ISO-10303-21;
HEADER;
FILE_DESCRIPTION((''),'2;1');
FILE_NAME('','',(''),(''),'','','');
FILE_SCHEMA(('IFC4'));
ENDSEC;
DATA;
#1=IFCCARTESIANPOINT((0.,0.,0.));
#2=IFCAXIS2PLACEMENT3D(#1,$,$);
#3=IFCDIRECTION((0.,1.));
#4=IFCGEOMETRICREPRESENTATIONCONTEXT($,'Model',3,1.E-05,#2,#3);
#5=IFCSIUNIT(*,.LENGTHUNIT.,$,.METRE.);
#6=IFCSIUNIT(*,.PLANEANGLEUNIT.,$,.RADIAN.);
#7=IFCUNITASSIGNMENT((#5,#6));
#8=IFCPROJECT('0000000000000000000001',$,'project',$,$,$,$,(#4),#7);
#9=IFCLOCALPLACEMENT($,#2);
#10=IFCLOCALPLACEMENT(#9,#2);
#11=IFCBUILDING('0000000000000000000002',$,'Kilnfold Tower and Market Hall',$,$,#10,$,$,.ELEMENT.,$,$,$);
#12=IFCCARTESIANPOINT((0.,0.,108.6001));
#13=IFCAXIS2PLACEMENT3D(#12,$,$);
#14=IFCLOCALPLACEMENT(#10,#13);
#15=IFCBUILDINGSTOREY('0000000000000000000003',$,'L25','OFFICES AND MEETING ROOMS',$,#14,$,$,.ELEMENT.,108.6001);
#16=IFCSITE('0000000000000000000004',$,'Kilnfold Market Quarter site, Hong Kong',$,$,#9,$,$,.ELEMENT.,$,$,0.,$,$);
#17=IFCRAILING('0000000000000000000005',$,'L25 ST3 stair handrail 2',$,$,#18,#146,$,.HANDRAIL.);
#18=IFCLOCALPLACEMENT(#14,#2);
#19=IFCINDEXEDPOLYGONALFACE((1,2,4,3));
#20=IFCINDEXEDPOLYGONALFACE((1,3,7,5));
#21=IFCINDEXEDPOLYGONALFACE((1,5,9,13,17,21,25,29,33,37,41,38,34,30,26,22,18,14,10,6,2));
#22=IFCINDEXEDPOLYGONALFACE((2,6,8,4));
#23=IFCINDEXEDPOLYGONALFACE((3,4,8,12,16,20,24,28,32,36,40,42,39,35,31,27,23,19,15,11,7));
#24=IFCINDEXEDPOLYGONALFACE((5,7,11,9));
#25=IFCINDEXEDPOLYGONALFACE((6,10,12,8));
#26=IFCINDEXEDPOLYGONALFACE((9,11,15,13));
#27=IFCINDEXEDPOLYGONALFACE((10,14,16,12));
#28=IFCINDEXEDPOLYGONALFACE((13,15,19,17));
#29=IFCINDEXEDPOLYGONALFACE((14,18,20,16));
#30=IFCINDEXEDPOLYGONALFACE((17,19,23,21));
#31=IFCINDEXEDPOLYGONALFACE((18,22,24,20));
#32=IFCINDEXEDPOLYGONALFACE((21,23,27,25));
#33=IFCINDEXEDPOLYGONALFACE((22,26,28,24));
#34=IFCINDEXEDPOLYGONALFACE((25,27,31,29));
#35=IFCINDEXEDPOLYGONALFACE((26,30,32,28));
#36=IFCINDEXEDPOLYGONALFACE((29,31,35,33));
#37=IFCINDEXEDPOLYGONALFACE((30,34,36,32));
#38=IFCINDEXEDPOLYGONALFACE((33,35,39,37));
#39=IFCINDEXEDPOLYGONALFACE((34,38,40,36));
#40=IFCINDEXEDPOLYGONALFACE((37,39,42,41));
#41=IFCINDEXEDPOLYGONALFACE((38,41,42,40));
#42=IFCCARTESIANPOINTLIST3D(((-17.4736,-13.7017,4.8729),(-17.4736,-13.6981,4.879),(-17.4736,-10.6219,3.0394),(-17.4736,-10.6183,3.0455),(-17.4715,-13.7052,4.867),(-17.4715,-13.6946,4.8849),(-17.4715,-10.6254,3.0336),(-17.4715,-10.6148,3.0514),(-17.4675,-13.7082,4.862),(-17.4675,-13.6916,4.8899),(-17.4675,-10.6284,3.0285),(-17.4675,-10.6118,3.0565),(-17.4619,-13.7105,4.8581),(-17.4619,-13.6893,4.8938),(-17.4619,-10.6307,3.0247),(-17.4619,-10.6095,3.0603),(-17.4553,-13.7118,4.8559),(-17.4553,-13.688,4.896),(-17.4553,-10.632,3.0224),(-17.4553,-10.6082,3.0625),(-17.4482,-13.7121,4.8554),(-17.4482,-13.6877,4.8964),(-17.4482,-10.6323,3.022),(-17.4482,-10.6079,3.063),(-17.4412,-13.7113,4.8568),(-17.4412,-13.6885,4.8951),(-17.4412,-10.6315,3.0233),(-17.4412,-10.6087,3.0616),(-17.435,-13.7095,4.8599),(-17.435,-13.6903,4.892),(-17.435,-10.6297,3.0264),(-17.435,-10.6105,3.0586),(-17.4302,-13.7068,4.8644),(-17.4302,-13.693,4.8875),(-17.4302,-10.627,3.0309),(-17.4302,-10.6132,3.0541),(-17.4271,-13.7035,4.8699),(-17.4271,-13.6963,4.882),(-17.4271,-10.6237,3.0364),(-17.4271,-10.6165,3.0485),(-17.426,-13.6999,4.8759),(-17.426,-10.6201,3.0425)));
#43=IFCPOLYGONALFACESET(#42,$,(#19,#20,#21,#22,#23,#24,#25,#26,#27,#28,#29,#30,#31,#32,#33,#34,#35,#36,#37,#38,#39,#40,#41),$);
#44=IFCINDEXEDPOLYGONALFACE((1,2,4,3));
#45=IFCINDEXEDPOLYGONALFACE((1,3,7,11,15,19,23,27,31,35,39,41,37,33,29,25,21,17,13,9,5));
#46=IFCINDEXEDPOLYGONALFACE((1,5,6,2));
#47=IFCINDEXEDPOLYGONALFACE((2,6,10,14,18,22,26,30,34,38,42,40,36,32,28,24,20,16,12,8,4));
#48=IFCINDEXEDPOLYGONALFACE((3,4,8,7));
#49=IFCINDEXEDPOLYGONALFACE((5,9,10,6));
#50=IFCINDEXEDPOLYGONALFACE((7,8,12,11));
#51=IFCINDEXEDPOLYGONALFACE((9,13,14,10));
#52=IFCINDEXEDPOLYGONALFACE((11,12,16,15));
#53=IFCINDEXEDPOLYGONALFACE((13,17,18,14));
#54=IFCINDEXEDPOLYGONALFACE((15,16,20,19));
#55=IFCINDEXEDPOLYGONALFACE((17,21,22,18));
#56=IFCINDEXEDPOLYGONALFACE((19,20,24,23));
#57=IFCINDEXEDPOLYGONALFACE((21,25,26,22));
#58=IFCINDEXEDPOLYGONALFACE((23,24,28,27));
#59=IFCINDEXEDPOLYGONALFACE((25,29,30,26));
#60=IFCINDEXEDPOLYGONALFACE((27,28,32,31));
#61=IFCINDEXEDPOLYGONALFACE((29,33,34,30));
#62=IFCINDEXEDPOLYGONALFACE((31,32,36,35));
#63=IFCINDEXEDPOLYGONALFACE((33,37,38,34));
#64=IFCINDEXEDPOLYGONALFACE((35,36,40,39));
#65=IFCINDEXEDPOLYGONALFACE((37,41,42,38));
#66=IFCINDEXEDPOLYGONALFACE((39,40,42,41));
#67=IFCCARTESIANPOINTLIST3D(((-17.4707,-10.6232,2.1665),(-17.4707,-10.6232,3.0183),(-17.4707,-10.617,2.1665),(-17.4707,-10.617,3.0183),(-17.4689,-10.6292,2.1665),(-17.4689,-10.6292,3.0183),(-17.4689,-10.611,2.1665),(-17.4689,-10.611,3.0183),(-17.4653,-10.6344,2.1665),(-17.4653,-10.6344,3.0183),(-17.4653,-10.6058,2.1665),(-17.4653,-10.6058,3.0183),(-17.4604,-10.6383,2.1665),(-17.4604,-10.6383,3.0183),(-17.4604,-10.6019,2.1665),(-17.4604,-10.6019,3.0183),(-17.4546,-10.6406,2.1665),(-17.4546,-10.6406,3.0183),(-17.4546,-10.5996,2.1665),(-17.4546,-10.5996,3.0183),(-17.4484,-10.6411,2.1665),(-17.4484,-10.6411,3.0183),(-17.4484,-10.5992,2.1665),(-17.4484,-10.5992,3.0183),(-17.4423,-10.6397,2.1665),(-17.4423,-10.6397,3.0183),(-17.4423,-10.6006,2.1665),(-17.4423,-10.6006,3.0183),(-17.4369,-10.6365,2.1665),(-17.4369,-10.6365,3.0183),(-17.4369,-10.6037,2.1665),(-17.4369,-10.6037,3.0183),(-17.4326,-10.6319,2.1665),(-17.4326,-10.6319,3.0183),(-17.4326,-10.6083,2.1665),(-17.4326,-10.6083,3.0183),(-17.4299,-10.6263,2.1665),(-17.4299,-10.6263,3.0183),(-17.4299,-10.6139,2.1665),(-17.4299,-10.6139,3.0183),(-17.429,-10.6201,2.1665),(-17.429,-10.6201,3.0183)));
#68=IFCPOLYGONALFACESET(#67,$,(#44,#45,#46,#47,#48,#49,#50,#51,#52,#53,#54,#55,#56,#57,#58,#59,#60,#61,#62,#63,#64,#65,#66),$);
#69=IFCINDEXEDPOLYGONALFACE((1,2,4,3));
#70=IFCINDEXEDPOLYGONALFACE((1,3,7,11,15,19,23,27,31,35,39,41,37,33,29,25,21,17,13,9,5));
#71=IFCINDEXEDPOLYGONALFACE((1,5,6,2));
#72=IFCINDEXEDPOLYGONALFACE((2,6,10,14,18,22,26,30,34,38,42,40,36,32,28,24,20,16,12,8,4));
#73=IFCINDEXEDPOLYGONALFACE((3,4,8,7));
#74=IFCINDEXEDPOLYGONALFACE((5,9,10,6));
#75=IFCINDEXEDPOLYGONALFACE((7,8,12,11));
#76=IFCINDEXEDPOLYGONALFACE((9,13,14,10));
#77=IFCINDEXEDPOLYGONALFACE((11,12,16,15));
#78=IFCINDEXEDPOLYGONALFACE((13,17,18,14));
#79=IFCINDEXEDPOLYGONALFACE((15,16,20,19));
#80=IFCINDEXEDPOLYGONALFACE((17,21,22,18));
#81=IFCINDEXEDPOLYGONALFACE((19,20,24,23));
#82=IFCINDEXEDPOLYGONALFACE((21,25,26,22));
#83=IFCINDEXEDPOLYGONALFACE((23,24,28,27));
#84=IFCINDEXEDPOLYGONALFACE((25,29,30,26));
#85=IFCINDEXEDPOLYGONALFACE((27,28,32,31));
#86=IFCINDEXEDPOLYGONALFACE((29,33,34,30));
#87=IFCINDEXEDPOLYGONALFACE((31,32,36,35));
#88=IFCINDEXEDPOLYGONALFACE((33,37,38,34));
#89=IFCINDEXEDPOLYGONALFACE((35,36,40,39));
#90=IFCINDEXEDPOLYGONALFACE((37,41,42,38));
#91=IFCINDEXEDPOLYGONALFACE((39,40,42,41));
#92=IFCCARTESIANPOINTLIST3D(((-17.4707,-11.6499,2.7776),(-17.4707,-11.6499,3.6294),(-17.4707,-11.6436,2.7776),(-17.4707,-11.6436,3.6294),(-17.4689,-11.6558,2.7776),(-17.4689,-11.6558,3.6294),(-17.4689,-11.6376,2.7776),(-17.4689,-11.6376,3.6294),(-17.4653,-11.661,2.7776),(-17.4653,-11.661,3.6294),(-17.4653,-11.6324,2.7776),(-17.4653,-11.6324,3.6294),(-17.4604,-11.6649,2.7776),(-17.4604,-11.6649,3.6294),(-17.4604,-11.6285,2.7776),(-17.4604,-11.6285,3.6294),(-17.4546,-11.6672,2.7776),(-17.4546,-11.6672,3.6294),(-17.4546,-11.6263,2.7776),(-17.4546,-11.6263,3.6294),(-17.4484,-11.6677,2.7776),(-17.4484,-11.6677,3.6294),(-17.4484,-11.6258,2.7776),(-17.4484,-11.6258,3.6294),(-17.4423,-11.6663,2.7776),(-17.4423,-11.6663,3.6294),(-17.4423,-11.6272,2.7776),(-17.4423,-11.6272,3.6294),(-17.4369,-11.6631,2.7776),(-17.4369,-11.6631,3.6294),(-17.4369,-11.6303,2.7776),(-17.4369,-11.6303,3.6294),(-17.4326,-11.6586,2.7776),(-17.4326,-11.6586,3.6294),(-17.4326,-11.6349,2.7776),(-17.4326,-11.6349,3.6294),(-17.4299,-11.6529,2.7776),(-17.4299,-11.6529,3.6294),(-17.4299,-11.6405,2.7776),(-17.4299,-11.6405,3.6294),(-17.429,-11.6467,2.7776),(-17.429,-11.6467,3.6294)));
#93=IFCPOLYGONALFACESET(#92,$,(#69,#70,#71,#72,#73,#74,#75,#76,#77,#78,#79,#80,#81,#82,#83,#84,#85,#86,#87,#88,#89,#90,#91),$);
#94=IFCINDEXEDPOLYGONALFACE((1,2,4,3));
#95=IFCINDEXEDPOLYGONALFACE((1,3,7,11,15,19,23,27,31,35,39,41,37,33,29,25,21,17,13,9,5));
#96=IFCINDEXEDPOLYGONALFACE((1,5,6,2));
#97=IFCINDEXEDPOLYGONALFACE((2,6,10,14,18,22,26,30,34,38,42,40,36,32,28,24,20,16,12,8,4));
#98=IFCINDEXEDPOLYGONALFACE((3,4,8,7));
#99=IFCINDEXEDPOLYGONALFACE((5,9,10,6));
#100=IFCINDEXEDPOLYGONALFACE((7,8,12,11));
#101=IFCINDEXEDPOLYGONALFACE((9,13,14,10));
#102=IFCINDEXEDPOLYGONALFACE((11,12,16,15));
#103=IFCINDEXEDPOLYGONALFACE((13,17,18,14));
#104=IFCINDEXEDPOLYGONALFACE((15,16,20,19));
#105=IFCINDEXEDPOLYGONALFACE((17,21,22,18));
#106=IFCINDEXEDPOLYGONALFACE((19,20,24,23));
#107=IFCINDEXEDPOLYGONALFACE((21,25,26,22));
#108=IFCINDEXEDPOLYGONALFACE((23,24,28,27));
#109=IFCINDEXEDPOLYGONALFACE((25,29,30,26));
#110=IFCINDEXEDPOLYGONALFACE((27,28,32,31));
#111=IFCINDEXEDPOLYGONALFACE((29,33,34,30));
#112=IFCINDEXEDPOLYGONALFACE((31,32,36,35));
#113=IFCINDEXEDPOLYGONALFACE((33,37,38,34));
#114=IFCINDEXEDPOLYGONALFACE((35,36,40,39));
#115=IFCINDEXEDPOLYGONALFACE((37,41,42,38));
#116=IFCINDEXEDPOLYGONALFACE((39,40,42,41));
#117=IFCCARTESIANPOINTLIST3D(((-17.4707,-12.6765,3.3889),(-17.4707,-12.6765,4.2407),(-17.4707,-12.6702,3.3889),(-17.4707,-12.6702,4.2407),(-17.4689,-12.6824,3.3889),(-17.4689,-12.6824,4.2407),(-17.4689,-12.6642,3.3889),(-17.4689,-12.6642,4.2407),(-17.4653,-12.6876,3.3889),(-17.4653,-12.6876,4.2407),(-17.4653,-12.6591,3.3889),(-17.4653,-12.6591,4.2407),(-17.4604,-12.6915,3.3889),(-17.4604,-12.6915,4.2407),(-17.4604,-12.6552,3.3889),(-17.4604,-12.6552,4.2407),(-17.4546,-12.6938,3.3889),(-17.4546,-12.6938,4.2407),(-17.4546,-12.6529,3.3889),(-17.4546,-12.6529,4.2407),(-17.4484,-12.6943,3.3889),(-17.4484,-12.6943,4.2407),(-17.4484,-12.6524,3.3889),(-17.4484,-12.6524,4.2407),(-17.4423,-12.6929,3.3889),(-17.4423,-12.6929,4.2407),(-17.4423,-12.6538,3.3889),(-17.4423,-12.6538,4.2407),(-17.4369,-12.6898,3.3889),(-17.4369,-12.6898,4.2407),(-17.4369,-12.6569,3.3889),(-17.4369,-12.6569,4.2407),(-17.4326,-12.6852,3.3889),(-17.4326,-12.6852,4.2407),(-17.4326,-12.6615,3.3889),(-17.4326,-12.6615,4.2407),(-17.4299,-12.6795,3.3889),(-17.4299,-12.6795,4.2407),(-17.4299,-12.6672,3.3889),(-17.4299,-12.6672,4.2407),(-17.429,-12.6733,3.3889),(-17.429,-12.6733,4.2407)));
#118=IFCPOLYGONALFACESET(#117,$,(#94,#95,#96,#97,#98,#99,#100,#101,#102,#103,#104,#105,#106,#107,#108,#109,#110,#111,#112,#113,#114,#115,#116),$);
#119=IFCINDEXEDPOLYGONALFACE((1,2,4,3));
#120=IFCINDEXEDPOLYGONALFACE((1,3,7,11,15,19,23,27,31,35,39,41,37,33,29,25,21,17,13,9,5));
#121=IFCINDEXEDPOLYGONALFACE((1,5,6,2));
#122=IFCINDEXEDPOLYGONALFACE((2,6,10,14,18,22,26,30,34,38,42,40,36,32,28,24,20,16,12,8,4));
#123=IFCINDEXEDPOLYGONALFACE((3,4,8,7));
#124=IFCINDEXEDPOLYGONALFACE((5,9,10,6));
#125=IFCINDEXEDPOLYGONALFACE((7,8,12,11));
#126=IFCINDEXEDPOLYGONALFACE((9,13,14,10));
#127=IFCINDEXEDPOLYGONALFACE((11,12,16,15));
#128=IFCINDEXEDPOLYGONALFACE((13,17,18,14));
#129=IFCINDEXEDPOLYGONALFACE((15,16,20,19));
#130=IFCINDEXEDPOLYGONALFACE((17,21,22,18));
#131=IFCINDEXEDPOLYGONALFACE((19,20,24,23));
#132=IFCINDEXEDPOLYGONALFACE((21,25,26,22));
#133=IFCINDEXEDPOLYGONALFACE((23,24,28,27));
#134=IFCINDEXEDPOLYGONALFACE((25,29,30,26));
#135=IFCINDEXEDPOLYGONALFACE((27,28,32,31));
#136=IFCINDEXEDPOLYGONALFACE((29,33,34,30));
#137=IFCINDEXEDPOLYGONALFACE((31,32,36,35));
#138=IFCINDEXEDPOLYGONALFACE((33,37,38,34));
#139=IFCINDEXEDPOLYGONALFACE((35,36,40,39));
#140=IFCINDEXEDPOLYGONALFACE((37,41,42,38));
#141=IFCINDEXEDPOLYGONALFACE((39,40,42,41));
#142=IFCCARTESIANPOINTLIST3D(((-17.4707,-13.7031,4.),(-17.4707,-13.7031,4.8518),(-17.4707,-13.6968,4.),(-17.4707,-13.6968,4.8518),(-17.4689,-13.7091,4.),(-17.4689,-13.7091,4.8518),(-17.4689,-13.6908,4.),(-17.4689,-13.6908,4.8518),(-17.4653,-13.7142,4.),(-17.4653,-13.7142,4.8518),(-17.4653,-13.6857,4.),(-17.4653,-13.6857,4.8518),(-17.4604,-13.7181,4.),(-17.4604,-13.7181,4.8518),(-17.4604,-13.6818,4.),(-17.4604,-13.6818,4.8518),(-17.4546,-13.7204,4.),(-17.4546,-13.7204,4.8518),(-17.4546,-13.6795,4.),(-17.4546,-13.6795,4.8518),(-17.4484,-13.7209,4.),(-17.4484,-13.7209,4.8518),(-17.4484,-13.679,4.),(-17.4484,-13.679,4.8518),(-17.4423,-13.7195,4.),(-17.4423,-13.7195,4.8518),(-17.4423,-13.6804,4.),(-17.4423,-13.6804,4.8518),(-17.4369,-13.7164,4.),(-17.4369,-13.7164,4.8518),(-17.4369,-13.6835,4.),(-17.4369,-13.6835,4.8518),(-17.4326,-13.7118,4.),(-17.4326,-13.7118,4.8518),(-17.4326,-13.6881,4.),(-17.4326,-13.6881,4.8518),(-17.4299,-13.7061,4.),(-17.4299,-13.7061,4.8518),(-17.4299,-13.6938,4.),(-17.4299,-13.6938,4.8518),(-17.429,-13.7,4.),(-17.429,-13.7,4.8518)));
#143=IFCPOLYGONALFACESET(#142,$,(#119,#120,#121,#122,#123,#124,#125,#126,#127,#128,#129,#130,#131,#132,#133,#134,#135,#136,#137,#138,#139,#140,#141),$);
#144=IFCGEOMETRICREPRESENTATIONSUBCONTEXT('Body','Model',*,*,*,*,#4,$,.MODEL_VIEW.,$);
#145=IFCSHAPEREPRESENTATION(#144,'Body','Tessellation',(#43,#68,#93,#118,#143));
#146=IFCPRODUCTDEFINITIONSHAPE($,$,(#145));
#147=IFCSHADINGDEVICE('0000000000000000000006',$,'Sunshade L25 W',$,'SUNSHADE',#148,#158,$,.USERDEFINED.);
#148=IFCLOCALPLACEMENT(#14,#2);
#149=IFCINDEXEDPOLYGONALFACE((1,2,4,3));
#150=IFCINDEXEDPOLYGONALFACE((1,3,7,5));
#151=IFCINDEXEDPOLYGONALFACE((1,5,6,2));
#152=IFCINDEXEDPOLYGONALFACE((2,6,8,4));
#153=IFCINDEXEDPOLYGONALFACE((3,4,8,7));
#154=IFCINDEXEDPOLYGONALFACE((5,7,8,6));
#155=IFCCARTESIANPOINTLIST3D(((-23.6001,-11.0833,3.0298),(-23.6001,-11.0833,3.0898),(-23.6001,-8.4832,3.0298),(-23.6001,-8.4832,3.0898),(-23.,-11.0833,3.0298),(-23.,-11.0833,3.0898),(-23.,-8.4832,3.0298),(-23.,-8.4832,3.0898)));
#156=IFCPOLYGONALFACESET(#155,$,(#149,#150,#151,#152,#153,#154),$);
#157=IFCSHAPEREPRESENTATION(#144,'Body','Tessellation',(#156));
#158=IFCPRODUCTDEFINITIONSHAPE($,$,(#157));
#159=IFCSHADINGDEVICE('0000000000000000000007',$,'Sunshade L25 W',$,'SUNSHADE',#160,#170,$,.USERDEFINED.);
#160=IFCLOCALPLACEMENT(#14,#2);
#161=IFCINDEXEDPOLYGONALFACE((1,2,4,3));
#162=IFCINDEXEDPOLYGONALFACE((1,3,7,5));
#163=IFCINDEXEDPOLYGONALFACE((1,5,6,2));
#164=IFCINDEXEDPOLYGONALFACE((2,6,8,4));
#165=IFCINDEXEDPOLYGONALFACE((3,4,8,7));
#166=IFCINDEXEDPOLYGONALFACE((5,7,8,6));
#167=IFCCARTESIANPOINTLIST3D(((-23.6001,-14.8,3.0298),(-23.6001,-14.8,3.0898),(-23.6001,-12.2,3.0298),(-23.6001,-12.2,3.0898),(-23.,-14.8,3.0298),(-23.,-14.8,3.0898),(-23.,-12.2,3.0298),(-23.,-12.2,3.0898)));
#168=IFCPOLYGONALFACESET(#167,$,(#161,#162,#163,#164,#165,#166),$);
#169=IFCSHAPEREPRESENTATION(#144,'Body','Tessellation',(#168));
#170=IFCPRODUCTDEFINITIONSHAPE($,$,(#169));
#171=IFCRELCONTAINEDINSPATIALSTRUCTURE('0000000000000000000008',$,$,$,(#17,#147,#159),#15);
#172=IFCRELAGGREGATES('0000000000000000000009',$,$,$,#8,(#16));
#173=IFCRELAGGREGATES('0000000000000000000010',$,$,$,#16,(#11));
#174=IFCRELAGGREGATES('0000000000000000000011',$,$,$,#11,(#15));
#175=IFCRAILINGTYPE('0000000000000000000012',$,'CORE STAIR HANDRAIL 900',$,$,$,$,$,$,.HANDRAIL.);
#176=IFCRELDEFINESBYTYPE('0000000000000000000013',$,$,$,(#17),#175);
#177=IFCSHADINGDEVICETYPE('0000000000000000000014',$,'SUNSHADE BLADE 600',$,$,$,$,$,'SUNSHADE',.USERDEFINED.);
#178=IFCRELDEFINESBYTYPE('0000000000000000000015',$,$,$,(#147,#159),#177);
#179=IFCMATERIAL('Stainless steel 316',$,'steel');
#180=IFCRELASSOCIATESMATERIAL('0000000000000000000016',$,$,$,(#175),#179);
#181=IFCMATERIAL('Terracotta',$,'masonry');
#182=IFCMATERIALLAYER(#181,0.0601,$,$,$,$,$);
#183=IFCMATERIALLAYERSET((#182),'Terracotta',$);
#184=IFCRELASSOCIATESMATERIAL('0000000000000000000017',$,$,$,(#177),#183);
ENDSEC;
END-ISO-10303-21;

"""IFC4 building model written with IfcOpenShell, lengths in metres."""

from ifc_helpers import new_model, si_unit, direction, frame, origin, origin_2d, place, context, subcontext, project, spatial, rectangle, circle, extrude, source, transform, mapped, material, layer, layer_set, type_object, element, save


model = new_model("IFC4")

# Units and contexts
model_context = context("Model", 3, precision=1e-05, world=origin(), true_north=direction((0.0, 1.0)))
body_context = subcontext(model_context, "Body", "Model", "MODEL_VIEW")
ifc_project = project(units=[si_unit("LENGTHUNIT", "METRE"), si_unit("PLANEANGLEUNIT", "RADIAN")], contexts=[model_context])

# Site, building, storey
site_placement = place(None, origin())
site = spatial("IfcSite", under=ifc_project, at=site_placement, Name="Kilnfold Market Quarter site, Hong Kong", CompositionType="ELEMENT", RefElevation=0.0)
building_placement = place(site_placement, origin())
building = spatial("IfcBuilding", under=site, at=building_placement, Name="Kilnfold Tower and Market Hall", CompositionType="ELEMENT")
storey_placement = place(building_placement, frame((0.0, 0.0, 108.6001)))
storey = spatial("IfcBuildingStorey", under=building, at=storey_placement, Name="L25", Description="OFFICES AND MEETING ROOMS", CompositionType="ELEMENT", Elevation=108.6001)

# Railing
ifc_material_1 = material(Name="Stainless steel 316", Category="steel")
railing_type_1 = type_object("IfcRailingType", Name="CORE STAIR HANDRAIL 900", PredefinedType="HANDRAIL", material=ifc_material_1)
railing_1_placement = place(storey_placement, frame((-17.45, -10.6201, 2.1665)))
element("IfcRailing", 1, at=railing_1_placement, inside=storey, type_object=railing_type_1, Name="L25 ST3 stair handrail 2", PredefinedType="HANDRAIL", context=body_context, shape_type="SweptSolid", body=[
    extrude(circle(Radius=0.0239, at=origin_2d()), frame((0.0, 0.0, 0.876), z_axis=(0.0, -0.859261, 0.511538), x_axis=(1.0, 0.0, 0.0)), (0.0, 0.0, 1.0), 3.5842),
    extrude(circle(Radius=0.021, at=origin_2d()), origin(), (0.0, 0.0, 1.0), 0.8518),
    extrude(circle(Radius=0.021, at=origin_2d()), frame((0.0, -1.0266, 0.6111)), (0.0, 0.0, 1.0), 0.8518),
    extrude(circle(Radius=0.021, at=origin_2d()), frame((0.0, -2.0532, 1.2224)), (0.0, 0.0, 1.0), 0.8518),
    extrude(circle(Radius=0.021, at=origin_2d()), frame((0.0, -3.0798, 1.8335)), (0.0, 0.0, 1.0), 0.8518),
])

# Shading devices
ifc_material_2 = material(Name="Terracotta", Category="masonry")
ifc_layer_1 = layer(ifc_material_2, 0.0601)
ifc_layer_set_1 = layer_set([ifc_layer_1], Name="Terracotta")
shading_device_type = type_object("IfcShadingDeviceType", Name="SUNSHADE BLADE 600", ElementType="SUNSHADE", PredefinedType="USERDEFINED", material=ifc_layer_set_1)
shared_shape_1 = source(origin(), body_context, "Body", "SweptSolid", [
    extrude(rectangle(XDim=2.6001, YDim=0.6001, at=origin_2d()), origin(), (0.0, 0.0, 1.0), 0.0601),
])
for number, where, z_axis, x_axis, name in (
    (2, (-23.3, -9.7832, 3.0298), (0.0, 0.0, 1.0), (0.0, -1.0, 0.0), "Sunshade L25 W"),
    (3, (-23.3, -13.5, 3.0298), (0.0, 0.0, 1.0), (0.0, -1.0, 0.0), "Sunshade L25 W"),
):
    element("IfcShadingDevice", number, at=place(storey_placement, frame(where, z_axis=z_axis, x_axis=x_axis)), inside=storey, type_object=shading_device_type, Name=name, ObjectType="SUNSHADE", PredefinedType="USERDEFINED", context=body_context, shape_type="MappedRepresentation", body=[
        mapped(shared_shape_1, transform((0.0, 0.0, 0.0))),
    ])

save(model, "model.ifc")
